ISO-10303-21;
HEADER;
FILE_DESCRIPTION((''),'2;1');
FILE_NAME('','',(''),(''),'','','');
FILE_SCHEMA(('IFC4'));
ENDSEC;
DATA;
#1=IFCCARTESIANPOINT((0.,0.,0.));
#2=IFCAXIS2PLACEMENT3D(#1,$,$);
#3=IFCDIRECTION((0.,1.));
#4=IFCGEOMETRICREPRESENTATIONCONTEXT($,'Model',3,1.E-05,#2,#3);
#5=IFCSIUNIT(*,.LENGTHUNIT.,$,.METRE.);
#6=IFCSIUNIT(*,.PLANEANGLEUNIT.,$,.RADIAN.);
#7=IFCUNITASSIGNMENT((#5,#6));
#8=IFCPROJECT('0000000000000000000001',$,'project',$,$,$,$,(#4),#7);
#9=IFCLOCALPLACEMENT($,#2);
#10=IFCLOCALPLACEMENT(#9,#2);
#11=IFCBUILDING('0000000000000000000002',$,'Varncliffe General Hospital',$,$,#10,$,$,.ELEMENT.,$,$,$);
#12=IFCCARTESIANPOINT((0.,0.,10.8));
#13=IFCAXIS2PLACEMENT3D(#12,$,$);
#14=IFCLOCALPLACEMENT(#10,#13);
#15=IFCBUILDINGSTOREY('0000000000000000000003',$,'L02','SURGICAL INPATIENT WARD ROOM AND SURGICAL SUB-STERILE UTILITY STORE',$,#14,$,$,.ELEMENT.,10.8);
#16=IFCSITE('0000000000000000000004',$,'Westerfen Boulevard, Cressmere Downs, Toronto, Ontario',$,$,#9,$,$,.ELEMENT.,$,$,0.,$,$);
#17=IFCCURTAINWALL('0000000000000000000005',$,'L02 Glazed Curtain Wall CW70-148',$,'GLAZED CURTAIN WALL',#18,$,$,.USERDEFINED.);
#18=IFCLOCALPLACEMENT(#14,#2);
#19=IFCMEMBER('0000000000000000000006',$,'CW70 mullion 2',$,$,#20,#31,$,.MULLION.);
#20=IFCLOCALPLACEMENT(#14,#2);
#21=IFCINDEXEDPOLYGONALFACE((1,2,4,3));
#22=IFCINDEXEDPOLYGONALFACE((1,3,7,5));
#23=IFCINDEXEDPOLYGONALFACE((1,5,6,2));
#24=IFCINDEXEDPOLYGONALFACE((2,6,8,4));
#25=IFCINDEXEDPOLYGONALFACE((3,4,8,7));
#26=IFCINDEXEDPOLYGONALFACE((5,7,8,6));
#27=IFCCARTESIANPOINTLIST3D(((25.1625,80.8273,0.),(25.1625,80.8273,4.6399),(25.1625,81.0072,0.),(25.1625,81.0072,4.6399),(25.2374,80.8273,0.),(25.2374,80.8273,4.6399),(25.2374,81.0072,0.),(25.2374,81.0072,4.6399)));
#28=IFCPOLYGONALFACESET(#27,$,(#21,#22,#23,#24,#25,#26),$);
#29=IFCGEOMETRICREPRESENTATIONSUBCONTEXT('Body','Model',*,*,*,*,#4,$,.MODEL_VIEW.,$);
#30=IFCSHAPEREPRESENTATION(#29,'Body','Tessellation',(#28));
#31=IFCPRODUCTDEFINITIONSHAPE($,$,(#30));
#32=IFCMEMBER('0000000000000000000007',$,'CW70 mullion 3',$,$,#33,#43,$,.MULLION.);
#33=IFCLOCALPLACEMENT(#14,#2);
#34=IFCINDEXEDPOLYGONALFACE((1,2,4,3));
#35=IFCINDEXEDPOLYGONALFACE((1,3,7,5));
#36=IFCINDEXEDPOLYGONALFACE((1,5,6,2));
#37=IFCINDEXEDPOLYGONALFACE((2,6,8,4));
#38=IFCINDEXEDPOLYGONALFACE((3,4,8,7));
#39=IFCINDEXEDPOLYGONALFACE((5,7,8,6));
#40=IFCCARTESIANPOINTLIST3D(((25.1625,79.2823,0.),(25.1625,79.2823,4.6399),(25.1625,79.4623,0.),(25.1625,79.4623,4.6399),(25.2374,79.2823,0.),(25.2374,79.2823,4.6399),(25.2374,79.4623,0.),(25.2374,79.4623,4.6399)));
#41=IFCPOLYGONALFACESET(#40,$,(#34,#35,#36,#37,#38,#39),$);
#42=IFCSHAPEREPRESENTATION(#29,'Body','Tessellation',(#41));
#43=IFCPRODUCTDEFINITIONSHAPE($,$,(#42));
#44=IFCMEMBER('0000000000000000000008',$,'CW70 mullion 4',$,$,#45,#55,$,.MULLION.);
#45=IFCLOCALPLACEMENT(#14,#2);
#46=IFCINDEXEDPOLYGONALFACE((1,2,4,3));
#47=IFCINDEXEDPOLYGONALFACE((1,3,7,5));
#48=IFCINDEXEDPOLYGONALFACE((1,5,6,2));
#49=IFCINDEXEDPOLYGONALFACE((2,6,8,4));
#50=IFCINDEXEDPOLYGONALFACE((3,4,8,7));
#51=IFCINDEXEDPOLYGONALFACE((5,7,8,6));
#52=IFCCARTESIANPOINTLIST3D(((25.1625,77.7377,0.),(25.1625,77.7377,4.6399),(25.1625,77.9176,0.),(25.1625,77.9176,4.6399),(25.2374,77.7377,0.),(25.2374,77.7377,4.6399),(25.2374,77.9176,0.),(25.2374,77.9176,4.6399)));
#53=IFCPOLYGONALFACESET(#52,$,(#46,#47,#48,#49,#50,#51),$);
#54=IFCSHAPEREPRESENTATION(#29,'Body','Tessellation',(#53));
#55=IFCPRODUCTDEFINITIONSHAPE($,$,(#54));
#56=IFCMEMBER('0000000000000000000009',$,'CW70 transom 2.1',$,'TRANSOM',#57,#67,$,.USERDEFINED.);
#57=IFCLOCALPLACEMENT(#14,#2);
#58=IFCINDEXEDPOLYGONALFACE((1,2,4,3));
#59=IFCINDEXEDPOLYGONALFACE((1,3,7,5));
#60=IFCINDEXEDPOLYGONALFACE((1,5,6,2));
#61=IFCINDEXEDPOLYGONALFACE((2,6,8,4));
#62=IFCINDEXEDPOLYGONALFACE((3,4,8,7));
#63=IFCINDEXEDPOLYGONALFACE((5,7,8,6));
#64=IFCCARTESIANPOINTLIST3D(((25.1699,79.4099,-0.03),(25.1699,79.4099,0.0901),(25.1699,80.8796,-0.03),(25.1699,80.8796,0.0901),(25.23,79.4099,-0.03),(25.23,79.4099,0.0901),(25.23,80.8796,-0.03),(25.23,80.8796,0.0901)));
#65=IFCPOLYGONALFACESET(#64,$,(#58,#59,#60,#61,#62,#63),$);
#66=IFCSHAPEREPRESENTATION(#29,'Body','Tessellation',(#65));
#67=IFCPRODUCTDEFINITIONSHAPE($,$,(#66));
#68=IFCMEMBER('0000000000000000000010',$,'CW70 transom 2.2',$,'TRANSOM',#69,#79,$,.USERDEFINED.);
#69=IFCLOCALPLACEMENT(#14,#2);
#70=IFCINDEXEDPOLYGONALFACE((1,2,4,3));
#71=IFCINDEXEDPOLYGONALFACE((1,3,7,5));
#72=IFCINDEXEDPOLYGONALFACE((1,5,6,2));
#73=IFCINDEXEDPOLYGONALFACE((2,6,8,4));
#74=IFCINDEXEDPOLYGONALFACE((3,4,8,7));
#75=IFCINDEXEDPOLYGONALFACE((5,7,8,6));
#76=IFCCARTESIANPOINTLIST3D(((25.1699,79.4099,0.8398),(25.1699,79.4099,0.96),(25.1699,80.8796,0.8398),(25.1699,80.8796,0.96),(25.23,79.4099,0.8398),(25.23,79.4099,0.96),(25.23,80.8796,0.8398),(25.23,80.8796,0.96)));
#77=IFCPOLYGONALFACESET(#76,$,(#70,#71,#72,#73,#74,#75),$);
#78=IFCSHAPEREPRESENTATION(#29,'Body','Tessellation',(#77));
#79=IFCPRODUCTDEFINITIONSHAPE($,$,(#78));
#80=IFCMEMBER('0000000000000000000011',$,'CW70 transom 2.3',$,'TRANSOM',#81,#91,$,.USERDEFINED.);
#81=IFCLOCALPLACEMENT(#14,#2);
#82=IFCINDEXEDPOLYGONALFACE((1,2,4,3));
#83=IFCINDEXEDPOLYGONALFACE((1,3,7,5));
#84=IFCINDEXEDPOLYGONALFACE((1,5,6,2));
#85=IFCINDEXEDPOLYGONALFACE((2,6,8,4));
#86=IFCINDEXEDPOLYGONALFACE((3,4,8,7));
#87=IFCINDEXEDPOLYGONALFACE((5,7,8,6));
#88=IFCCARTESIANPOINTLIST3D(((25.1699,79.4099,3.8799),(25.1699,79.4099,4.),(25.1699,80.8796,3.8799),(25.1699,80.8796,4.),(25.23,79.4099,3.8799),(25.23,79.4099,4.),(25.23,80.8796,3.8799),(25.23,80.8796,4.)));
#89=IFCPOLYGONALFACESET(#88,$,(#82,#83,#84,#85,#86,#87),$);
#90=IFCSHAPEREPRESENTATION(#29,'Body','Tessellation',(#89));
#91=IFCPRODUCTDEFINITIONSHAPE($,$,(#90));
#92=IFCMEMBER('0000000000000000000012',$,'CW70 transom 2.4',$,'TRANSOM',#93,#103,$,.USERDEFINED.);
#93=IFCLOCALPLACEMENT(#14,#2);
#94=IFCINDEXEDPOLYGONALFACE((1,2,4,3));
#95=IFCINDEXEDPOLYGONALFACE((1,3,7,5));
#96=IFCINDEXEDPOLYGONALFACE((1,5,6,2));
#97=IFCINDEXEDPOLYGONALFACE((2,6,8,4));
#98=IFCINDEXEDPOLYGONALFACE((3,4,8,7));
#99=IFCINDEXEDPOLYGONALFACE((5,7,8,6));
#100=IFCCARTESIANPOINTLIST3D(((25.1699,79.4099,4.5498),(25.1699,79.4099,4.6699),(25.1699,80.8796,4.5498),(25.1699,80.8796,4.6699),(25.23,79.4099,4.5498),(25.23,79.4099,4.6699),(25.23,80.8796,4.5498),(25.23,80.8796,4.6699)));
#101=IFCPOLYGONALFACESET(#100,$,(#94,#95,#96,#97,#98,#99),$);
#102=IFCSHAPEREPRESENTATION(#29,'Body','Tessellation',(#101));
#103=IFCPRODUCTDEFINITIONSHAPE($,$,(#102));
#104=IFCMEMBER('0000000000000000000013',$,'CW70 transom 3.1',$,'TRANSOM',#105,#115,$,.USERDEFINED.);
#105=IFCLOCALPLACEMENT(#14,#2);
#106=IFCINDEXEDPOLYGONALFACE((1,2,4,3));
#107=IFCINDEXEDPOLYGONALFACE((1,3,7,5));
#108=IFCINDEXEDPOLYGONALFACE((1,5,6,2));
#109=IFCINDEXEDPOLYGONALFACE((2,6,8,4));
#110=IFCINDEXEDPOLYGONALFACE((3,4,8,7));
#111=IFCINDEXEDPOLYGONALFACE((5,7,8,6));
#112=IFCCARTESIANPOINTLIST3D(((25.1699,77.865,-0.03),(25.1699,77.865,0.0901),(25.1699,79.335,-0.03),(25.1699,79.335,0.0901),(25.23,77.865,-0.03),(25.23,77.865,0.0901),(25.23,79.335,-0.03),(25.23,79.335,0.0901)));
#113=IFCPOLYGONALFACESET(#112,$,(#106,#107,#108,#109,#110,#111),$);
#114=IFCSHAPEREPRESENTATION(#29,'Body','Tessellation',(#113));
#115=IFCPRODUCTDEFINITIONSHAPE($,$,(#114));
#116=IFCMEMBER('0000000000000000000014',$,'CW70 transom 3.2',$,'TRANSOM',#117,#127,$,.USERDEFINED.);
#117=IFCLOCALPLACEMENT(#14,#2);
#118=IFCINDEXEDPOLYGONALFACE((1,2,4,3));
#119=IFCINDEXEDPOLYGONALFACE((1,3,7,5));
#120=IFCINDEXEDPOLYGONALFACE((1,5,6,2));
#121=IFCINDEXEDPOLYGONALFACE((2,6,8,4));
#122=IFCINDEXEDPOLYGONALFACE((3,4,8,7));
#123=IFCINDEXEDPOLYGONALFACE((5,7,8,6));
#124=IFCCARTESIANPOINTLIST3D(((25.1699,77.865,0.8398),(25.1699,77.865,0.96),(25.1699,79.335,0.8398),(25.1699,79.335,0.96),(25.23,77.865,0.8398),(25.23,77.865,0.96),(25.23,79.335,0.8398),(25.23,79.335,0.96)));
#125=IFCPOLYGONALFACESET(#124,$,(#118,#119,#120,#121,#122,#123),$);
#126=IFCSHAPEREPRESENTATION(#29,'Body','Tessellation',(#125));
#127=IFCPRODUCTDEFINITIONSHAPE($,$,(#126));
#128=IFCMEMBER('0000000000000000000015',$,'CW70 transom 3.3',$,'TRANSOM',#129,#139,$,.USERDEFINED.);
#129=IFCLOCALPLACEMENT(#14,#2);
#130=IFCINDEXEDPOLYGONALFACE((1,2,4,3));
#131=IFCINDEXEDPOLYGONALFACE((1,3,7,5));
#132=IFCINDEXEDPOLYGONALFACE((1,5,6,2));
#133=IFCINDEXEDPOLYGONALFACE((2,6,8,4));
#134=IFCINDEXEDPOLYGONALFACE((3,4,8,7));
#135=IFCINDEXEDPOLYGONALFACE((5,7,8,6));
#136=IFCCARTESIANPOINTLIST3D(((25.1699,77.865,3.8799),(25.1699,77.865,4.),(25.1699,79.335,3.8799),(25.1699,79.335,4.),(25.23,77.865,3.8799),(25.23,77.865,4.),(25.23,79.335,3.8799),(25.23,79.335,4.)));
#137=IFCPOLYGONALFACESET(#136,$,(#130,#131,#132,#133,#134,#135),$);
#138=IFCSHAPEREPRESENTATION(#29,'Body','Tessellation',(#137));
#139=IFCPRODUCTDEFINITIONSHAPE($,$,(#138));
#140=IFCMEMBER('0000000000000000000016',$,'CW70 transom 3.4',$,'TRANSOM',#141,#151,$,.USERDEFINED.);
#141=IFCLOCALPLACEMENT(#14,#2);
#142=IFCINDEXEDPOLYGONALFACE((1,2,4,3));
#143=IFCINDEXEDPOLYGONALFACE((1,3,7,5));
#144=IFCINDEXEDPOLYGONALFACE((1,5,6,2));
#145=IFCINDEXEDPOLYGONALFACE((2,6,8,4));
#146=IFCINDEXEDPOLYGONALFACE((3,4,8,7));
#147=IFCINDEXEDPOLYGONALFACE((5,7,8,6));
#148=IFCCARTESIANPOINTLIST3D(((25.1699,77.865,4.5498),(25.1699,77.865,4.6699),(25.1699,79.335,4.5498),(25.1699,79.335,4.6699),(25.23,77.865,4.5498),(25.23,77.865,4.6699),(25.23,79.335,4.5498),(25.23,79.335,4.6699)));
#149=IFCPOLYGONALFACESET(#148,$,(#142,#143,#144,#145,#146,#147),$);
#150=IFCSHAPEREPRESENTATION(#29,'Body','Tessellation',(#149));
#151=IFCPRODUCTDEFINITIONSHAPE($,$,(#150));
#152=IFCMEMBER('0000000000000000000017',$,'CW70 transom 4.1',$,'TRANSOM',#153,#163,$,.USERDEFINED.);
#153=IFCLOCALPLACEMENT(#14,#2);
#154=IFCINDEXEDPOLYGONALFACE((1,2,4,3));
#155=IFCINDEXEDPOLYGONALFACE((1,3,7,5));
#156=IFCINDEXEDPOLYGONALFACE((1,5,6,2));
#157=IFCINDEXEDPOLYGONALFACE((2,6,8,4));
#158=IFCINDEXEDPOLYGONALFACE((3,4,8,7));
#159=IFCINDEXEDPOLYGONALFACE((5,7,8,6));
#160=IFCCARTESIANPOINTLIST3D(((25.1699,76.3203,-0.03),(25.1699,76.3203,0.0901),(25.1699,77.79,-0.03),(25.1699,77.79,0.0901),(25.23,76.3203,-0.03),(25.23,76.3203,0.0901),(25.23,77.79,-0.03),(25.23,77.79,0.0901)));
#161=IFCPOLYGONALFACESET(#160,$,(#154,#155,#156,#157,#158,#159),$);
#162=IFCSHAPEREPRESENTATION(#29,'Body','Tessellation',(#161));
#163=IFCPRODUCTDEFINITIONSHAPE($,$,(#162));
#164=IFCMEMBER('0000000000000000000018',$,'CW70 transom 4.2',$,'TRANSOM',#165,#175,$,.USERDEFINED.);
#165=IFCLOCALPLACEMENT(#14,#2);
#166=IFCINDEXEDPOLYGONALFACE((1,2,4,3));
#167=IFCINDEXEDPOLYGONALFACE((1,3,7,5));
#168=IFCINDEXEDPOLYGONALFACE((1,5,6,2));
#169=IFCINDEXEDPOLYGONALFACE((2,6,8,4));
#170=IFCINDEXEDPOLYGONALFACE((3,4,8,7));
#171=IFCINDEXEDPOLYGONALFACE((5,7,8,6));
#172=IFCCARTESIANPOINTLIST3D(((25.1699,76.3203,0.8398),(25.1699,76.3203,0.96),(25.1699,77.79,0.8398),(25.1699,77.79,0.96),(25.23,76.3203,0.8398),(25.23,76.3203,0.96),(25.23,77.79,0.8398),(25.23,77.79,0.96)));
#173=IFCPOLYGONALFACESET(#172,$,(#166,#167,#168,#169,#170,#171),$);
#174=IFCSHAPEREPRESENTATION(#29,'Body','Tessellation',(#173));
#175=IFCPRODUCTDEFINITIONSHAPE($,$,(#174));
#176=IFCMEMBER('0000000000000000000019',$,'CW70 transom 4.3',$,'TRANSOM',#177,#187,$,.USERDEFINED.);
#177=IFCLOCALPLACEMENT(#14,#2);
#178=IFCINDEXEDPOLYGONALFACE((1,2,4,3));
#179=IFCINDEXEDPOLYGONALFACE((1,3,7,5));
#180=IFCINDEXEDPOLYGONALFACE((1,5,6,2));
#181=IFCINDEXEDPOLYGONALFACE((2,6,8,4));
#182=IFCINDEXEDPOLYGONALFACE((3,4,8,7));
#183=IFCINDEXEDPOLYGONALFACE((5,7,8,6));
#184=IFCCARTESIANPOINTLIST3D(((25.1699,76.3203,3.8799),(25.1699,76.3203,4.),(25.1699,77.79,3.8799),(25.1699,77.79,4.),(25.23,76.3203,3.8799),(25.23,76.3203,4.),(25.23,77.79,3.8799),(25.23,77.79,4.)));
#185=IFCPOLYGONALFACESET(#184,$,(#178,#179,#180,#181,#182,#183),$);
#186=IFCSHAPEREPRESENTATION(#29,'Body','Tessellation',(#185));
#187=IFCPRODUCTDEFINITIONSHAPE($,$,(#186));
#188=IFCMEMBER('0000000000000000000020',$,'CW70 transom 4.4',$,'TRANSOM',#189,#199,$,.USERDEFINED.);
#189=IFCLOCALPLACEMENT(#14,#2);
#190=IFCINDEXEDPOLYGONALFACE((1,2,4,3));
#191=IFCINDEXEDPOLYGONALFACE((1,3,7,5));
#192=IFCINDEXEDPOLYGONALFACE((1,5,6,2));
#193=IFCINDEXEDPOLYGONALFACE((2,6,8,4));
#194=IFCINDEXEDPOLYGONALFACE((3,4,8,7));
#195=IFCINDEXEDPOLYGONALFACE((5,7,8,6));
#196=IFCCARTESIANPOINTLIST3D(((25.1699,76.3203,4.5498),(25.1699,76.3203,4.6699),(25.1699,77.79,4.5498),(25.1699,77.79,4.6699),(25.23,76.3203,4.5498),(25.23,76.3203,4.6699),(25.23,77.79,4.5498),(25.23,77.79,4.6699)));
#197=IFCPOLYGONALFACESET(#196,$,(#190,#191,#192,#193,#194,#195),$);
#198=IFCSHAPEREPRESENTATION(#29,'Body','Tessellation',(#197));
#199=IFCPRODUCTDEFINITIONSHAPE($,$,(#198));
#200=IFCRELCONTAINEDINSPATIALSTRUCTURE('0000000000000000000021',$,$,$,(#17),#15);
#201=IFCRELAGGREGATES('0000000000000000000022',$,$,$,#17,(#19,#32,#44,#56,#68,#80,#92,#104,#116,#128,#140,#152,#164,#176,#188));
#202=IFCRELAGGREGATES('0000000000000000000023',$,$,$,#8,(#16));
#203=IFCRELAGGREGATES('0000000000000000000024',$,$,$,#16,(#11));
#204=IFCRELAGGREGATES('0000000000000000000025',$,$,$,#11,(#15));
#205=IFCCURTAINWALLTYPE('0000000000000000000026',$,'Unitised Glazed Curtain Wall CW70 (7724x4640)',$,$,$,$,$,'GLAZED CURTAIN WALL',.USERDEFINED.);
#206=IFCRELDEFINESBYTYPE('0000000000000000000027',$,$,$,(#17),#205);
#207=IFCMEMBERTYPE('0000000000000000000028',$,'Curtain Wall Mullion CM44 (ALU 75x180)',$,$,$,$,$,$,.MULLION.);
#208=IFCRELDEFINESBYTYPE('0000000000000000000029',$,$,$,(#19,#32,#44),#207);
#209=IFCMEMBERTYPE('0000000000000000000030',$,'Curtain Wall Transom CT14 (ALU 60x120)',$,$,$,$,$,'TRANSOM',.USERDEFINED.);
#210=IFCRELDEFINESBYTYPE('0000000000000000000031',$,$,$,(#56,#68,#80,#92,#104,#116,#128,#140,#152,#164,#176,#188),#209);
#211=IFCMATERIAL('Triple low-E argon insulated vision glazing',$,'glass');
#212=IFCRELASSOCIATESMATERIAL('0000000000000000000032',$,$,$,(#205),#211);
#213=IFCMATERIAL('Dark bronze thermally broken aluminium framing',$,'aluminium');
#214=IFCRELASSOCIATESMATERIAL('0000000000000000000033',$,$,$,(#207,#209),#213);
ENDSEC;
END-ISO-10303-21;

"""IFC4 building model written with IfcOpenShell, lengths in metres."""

from ifc_helpers import new_model, si_unit, direction, frame, origin, origin_2d, place, context, subcontext, project, spatial, rectangle, extrude, material, material_profile, profile_set, type_object, element, aggregate, save


model = new_model("IFC4")

# Units and contexts
model_context = context("Model", 3, precision=1e-05, world=origin(), true_north=direction((0.0, 1.0)))
body_context = subcontext(model_context, "Body", "Model", "MODEL_VIEW")
ifc_project = project(units=[si_unit("LENGTHUNIT", "METRE"), si_unit("PLANEANGLEUNIT", "RADIAN")], contexts=[model_context])

# Site, building, storey
site_placement = place(None, origin())
site = spatial("IfcSite", under=ifc_project, at=site_placement, Name="Westerfen Boulevard, Cressmere Downs, Toronto, Ontario", CompositionType="ELEMENT", RefElevation=0.0)
building_placement = place(site_placement, origin())
building = spatial("IfcBuilding", under=site, at=building_placement, Name="Varncliffe General Hospital", CompositionType="ELEMENT")
storey_placement = place(building_placement, frame((0.0, 0.0, 10.8)))
storey = spatial("IfcBuildingStorey", under=building, at=storey_placement, Name="L02", Description="SURGICAL INPATIENT WARD ROOM AND SURGICAL SUB-STERILE UTILITY STORE", CompositionType="ELEMENT", Elevation=10.8)

# Curtain wall, members
ifc_material_1 = material(Name="Triple low-E argon insulated vision glazing", Category="glass")
curtain_wall_type = type_object("IfcCurtainWallType", Name="Unitised Glazed Curtain Wall CW70 (7724x4640)", ElementType="GLAZED CURTAIN WALL", PredefinedType="USERDEFINED", material=ifc_material_1)
curtain_wall_placement = place(storey_placement, origin())
curtain_wall = element("IfcCurtainWall", 1, at=curtain_wall_placement, inside=storey, type_object=curtain_wall_type, Name="L02 Glazed Curtain Wall CW70-148", ObjectType="GLAZED CURTAIN WALL", PredefinedType="USERDEFINED")
ifc_material_2 = material(Name="Dark bronze thermally broken aluminium framing", Category="aluminium")
ifc_material_profile_1 = material_profile(ifc_material_2, rectangle(XDim=0.075, YDim=0.1799, at=origin_2d()), Name="ALU 75x180")
ifc_profile_set_1 = profile_set([ifc_material_profile_1], Name="Dark bronze thermally broken aluminium framing")
member_type_1 = type_object("IfcMemberType", Name="Curtain Wall Mullion CM44 (ALU 75x180)", PredefinedType="MULLION", material=ifc_profile_set_1)
member_1_placement = place(storey_placement, frame((25.2, 80.9172, 0.0), z_axis=(0.0, 0.0, 1.0), x_axis=(1.0, 0.0, 0.0)))
member_1 = element("IfcMember", 2, at=member_1_placement, type_object=member_type_1, Name="CW70 mullion 2", PredefinedType="MULLION", context=body_context, shape_type="SweptSolid", body=[
    extrude(rectangle(XDim=0.075, YDim=0.1799, at=origin_2d()), origin(), (0.0, 0.0, 1.0), 4.6399),
])
member_2_placement = place(storey_placement, frame((25.2, 79.3723, 0.0), z_axis=(0.0, 0.0, 1.0), x_axis=(1.0, 0.0, 0.0)))
member_2 = element("IfcMember", 3, at=member_2_placement, type_object=member_type_1, Name="CW70 mullion 3", PredefinedType="MULLION", context=body_context, shape_type="SweptSolid", body=[
    extrude(rectangle(XDim=0.075, YDim=0.1799, at=origin_2d()), origin(), (0.0, 0.0, 1.0), 4.6399),
])
member_3_placement = place(storey_placement, frame((25.2, 77.8276, 0.0), z_axis=(0.0, 0.0, 1.0), x_axis=(1.0, 0.0, 0.0)))
member_3 = element("IfcMember", 4, at=member_3_placement, type_object=member_type_1, Name="CW70 mullion 4", PredefinedType="MULLION", context=body_context, shape_type="SweptSolid", body=[
    extrude(rectangle(XDim=0.075, YDim=0.1799, at=origin_2d()), origin(), (0.0, 0.0, 1.0), 4.6399),
])
ifc_material_profile_2 = material_profile(ifc_material_2, rectangle(XDim=0.0601, YDim=0.1201, at=origin_2d()), Name="ALU 60x120")
ifc_profile_set_2 = profile_set([ifc_material_profile_2], Name="Dark bronze thermally broken aluminium framing")
member_type_2 = type_object("IfcMemberType", Name="Curtain Wall Transom CT14 (ALU 60x120)", ElementType="TRANSOM", PredefinedType="USERDEFINED", material=ifc_profile_set_2)
member_4_placement = place(storey_placement, frame((25.2, 80.8796, 0.03), z_axis=(0.0, -1.0, 0.0), x_axis=(1.0, 0.0, 0.0)))
member_4 = element("IfcMember", 5, at=member_4_placement, type_object=member_type_2, Name="CW70 transom 2.1", ObjectType="TRANSOM", PredefinedType="USERDEFINED", context=body_context, shape_type="SweptSolid", body=[
    extrude(rectangle(XDim=0.0601, YDim=0.1201, at=origin_2d()), origin(), (0.0, 0.0, 1.0), 1.4697),
])
member_5_placement = place(storey_placement, frame((25.2, 80.8796, 0.8999), z_axis=(0.0, -1.0, 0.0), x_axis=(1.0, 0.0, 0.0)))
member_5 = element("IfcMember", 6, at=member_5_placement, type_object=member_type_2, Name="CW70 transom 2.2", ObjectType="TRANSOM", PredefinedType="USERDEFINED", context=body_context, shape_type="SweptSolid", body=[
    extrude(rectangle(XDim=0.0601, YDim=0.1201, at=origin_2d()), origin(), (0.0, 0.0, 1.0), 1.4697),
])
member_6_placement = place(storey_placement, frame((25.2, 80.8796, 3.9399), z_axis=(0.0, -1.0, 0.0), x_axis=(1.0, 0.0, 0.0)))
member_6 = element("IfcMember", 7, at=member_6_placement, type_object=member_type_2, Name="CW70 transom 2.3", ObjectType="TRANSOM", PredefinedType="USERDEFINED", context=body_context, shape_type="SweptSolid", body=[
    extrude(rectangle(XDim=0.0601, YDim=0.1201, at=origin_2d()), origin(), (0.0, 0.0, 1.0), 1.4697),
])
member_7_placement = place(storey_placement, frame((25.2, 80.8796, 4.6099), z_axis=(0.0, -1.0, 0.0), x_axis=(1.0, 0.0, 0.0)))
member_7 = element("IfcMember", 8, at=member_7_placement, type_object=member_type_2, Name="CW70 transom 2.4", ObjectType="TRANSOM", PredefinedType="USERDEFINED", context=body_context, shape_type="SweptSolid", body=[
    extrude(rectangle(XDim=0.0601, YDim=0.1201, at=origin_2d()), origin(), (0.0, 0.0, 1.0), 1.4697),
])
member_8_placement = place(storey_placement, frame((25.2, 79.335, 0.03), z_axis=(0.0, -1.0, 0.0), x_axis=(1.0, 0.0, 0.0)))
member_8 = element("IfcMember", 9, at=member_8_placement, type_object=member_type_2, Name="CW70 transom 3.1", ObjectType="TRANSOM", PredefinedType="USERDEFINED", context=body_context, shape_type="SweptSolid", body=[
    extrude(rectangle(XDim=0.0601, YDim=0.1201, at=origin_2d()), origin(), (0.0, 0.0, 1.0), 1.47),
])
member_9_placement = place(storey_placement, frame((25.2, 79.335, 0.8999), z_axis=(0.0, -1.0, 0.0), x_axis=(1.0, 0.0, 0.0)))
member_9 = element("IfcMember", 10, at=member_9_placement, type_object=member_type_2, Name="CW70 transom 3.2", ObjectType="TRANSOM", PredefinedType="USERDEFINED", context=body_context, shape_type="SweptSolid", body=[
    extrude(rectangle(XDim=0.0601, YDim=0.1201, at=origin_2d()), origin(), (0.0, 0.0, 1.0), 1.47),
])
member_10_placement = place(storey_placement, frame((25.2, 79.335, 3.9399), z_axis=(0.0, -1.0, 0.0), x_axis=(1.0, 0.0, 0.0)))
member_10 = element("IfcMember", 11, at=member_10_placement, type_object=member_type_2, Name="CW70 transom 3.3", ObjectType="TRANSOM", PredefinedType="USERDEFINED", context=body_context, shape_type="SweptSolid", body=[
    extrude(rectangle(XDim=0.0601, YDim=0.1201, at=origin_2d()), origin(), (0.0, 0.0, 1.0), 1.47),
])
member_11_placement = place(storey_placement, frame((25.2, 79.335, 4.6099), z_axis=(0.0, -1.0, 0.0), x_axis=(1.0, 0.0, 0.0)))
member_11 = element("IfcMember", 12, at=member_11_placement, type_object=member_type_2, Name="CW70 transom 3.4", ObjectType="TRANSOM", PredefinedType="USERDEFINED", context=body_context, shape_type="SweptSolid", body=[
    extrude(rectangle(XDim=0.0601, YDim=0.1201, at=origin_2d()), origin(), (0.0, 0.0, 1.0), 1.47),
])
member_12_placement = place(storey_placement, frame((25.2, 77.79, 0.03), z_axis=(0.0, -1.0, 0.0), x_axis=(1.0, 0.0, 0.0)))
member_12 = element("IfcMember", 13, at=member_12_placement, type_object=member_type_2, Name="CW70 transom 4.1", ObjectType="TRANSOM", PredefinedType="USERDEFINED", context=body_context, shape_type="SweptSolid", body=[
    extrude(rectangle(XDim=0.0601, YDim=0.1201, at=origin_2d()), origin(), (0.0, 0.0, 1.0), 1.4697),
])
member_13_placement = place(storey_placement, frame((25.2, 77.79, 0.8999), z_axis=(0.0, -1.0, 0.0), x_axis=(1.0, 0.0, 0.0)))
member_13 = element("IfcMember", 14, at=member_13_placement, type_object=member_type_2, Name="CW70 transom 4.2", ObjectType="TRANSOM", PredefinedType="USERDEFINED", context=body_context, shape_type="SweptSolid", body=[
    extrude(rectangle(XDim=0.0601, YDim=0.1201, at=origin_2d()), origin(), (0.0, 0.0, 1.0), 1.4697),
])
member_14_placement = place(storey_placement, frame((25.2, 77.79, 3.9399), z_axis=(0.0, -1.0, 0.0), x_axis=(1.0, 0.0, 0.0)))
member_14 = element("IfcMember", 15, at=member_14_placement, type_object=member_type_2, Name="CW70 transom 4.3", ObjectType="TRANSOM", PredefinedType="USERDEFINED", context=body_context, shape_type="SweptSolid", body=[
    extrude(rectangle(XDim=0.0601, YDim=0.1201, at=origin_2d()), origin(), (0.0, 0.0, 1.0), 1.4697),
])
member_15_placement = place(storey_placement, frame((25.2, 77.79, 4.6099), z_axis=(0.0, -1.0, 0.0), x_axis=(1.0, 0.0, 0.0)))
member_15 = element("IfcMember", 16, at=member_15_placement, type_object=member_type_2, Name="CW70 transom 4.4", ObjectType="TRANSOM", PredefinedType="USERDEFINED", context=body_context, shape_type="SweptSolid", body=[
    extrude(rectangle(XDim=0.0601, YDim=0.1201, at=origin_2d()), origin(), (0.0, 0.0, 1.0), 1.4697),
])
aggregate(curtain_wall, [member_1, member_2, member_3, member_4, member_5, member_6, member_7, member_8, member_9, member_10, member_11, member_12, member_13, member_14, member_15])

save(model, "model.ifc")
